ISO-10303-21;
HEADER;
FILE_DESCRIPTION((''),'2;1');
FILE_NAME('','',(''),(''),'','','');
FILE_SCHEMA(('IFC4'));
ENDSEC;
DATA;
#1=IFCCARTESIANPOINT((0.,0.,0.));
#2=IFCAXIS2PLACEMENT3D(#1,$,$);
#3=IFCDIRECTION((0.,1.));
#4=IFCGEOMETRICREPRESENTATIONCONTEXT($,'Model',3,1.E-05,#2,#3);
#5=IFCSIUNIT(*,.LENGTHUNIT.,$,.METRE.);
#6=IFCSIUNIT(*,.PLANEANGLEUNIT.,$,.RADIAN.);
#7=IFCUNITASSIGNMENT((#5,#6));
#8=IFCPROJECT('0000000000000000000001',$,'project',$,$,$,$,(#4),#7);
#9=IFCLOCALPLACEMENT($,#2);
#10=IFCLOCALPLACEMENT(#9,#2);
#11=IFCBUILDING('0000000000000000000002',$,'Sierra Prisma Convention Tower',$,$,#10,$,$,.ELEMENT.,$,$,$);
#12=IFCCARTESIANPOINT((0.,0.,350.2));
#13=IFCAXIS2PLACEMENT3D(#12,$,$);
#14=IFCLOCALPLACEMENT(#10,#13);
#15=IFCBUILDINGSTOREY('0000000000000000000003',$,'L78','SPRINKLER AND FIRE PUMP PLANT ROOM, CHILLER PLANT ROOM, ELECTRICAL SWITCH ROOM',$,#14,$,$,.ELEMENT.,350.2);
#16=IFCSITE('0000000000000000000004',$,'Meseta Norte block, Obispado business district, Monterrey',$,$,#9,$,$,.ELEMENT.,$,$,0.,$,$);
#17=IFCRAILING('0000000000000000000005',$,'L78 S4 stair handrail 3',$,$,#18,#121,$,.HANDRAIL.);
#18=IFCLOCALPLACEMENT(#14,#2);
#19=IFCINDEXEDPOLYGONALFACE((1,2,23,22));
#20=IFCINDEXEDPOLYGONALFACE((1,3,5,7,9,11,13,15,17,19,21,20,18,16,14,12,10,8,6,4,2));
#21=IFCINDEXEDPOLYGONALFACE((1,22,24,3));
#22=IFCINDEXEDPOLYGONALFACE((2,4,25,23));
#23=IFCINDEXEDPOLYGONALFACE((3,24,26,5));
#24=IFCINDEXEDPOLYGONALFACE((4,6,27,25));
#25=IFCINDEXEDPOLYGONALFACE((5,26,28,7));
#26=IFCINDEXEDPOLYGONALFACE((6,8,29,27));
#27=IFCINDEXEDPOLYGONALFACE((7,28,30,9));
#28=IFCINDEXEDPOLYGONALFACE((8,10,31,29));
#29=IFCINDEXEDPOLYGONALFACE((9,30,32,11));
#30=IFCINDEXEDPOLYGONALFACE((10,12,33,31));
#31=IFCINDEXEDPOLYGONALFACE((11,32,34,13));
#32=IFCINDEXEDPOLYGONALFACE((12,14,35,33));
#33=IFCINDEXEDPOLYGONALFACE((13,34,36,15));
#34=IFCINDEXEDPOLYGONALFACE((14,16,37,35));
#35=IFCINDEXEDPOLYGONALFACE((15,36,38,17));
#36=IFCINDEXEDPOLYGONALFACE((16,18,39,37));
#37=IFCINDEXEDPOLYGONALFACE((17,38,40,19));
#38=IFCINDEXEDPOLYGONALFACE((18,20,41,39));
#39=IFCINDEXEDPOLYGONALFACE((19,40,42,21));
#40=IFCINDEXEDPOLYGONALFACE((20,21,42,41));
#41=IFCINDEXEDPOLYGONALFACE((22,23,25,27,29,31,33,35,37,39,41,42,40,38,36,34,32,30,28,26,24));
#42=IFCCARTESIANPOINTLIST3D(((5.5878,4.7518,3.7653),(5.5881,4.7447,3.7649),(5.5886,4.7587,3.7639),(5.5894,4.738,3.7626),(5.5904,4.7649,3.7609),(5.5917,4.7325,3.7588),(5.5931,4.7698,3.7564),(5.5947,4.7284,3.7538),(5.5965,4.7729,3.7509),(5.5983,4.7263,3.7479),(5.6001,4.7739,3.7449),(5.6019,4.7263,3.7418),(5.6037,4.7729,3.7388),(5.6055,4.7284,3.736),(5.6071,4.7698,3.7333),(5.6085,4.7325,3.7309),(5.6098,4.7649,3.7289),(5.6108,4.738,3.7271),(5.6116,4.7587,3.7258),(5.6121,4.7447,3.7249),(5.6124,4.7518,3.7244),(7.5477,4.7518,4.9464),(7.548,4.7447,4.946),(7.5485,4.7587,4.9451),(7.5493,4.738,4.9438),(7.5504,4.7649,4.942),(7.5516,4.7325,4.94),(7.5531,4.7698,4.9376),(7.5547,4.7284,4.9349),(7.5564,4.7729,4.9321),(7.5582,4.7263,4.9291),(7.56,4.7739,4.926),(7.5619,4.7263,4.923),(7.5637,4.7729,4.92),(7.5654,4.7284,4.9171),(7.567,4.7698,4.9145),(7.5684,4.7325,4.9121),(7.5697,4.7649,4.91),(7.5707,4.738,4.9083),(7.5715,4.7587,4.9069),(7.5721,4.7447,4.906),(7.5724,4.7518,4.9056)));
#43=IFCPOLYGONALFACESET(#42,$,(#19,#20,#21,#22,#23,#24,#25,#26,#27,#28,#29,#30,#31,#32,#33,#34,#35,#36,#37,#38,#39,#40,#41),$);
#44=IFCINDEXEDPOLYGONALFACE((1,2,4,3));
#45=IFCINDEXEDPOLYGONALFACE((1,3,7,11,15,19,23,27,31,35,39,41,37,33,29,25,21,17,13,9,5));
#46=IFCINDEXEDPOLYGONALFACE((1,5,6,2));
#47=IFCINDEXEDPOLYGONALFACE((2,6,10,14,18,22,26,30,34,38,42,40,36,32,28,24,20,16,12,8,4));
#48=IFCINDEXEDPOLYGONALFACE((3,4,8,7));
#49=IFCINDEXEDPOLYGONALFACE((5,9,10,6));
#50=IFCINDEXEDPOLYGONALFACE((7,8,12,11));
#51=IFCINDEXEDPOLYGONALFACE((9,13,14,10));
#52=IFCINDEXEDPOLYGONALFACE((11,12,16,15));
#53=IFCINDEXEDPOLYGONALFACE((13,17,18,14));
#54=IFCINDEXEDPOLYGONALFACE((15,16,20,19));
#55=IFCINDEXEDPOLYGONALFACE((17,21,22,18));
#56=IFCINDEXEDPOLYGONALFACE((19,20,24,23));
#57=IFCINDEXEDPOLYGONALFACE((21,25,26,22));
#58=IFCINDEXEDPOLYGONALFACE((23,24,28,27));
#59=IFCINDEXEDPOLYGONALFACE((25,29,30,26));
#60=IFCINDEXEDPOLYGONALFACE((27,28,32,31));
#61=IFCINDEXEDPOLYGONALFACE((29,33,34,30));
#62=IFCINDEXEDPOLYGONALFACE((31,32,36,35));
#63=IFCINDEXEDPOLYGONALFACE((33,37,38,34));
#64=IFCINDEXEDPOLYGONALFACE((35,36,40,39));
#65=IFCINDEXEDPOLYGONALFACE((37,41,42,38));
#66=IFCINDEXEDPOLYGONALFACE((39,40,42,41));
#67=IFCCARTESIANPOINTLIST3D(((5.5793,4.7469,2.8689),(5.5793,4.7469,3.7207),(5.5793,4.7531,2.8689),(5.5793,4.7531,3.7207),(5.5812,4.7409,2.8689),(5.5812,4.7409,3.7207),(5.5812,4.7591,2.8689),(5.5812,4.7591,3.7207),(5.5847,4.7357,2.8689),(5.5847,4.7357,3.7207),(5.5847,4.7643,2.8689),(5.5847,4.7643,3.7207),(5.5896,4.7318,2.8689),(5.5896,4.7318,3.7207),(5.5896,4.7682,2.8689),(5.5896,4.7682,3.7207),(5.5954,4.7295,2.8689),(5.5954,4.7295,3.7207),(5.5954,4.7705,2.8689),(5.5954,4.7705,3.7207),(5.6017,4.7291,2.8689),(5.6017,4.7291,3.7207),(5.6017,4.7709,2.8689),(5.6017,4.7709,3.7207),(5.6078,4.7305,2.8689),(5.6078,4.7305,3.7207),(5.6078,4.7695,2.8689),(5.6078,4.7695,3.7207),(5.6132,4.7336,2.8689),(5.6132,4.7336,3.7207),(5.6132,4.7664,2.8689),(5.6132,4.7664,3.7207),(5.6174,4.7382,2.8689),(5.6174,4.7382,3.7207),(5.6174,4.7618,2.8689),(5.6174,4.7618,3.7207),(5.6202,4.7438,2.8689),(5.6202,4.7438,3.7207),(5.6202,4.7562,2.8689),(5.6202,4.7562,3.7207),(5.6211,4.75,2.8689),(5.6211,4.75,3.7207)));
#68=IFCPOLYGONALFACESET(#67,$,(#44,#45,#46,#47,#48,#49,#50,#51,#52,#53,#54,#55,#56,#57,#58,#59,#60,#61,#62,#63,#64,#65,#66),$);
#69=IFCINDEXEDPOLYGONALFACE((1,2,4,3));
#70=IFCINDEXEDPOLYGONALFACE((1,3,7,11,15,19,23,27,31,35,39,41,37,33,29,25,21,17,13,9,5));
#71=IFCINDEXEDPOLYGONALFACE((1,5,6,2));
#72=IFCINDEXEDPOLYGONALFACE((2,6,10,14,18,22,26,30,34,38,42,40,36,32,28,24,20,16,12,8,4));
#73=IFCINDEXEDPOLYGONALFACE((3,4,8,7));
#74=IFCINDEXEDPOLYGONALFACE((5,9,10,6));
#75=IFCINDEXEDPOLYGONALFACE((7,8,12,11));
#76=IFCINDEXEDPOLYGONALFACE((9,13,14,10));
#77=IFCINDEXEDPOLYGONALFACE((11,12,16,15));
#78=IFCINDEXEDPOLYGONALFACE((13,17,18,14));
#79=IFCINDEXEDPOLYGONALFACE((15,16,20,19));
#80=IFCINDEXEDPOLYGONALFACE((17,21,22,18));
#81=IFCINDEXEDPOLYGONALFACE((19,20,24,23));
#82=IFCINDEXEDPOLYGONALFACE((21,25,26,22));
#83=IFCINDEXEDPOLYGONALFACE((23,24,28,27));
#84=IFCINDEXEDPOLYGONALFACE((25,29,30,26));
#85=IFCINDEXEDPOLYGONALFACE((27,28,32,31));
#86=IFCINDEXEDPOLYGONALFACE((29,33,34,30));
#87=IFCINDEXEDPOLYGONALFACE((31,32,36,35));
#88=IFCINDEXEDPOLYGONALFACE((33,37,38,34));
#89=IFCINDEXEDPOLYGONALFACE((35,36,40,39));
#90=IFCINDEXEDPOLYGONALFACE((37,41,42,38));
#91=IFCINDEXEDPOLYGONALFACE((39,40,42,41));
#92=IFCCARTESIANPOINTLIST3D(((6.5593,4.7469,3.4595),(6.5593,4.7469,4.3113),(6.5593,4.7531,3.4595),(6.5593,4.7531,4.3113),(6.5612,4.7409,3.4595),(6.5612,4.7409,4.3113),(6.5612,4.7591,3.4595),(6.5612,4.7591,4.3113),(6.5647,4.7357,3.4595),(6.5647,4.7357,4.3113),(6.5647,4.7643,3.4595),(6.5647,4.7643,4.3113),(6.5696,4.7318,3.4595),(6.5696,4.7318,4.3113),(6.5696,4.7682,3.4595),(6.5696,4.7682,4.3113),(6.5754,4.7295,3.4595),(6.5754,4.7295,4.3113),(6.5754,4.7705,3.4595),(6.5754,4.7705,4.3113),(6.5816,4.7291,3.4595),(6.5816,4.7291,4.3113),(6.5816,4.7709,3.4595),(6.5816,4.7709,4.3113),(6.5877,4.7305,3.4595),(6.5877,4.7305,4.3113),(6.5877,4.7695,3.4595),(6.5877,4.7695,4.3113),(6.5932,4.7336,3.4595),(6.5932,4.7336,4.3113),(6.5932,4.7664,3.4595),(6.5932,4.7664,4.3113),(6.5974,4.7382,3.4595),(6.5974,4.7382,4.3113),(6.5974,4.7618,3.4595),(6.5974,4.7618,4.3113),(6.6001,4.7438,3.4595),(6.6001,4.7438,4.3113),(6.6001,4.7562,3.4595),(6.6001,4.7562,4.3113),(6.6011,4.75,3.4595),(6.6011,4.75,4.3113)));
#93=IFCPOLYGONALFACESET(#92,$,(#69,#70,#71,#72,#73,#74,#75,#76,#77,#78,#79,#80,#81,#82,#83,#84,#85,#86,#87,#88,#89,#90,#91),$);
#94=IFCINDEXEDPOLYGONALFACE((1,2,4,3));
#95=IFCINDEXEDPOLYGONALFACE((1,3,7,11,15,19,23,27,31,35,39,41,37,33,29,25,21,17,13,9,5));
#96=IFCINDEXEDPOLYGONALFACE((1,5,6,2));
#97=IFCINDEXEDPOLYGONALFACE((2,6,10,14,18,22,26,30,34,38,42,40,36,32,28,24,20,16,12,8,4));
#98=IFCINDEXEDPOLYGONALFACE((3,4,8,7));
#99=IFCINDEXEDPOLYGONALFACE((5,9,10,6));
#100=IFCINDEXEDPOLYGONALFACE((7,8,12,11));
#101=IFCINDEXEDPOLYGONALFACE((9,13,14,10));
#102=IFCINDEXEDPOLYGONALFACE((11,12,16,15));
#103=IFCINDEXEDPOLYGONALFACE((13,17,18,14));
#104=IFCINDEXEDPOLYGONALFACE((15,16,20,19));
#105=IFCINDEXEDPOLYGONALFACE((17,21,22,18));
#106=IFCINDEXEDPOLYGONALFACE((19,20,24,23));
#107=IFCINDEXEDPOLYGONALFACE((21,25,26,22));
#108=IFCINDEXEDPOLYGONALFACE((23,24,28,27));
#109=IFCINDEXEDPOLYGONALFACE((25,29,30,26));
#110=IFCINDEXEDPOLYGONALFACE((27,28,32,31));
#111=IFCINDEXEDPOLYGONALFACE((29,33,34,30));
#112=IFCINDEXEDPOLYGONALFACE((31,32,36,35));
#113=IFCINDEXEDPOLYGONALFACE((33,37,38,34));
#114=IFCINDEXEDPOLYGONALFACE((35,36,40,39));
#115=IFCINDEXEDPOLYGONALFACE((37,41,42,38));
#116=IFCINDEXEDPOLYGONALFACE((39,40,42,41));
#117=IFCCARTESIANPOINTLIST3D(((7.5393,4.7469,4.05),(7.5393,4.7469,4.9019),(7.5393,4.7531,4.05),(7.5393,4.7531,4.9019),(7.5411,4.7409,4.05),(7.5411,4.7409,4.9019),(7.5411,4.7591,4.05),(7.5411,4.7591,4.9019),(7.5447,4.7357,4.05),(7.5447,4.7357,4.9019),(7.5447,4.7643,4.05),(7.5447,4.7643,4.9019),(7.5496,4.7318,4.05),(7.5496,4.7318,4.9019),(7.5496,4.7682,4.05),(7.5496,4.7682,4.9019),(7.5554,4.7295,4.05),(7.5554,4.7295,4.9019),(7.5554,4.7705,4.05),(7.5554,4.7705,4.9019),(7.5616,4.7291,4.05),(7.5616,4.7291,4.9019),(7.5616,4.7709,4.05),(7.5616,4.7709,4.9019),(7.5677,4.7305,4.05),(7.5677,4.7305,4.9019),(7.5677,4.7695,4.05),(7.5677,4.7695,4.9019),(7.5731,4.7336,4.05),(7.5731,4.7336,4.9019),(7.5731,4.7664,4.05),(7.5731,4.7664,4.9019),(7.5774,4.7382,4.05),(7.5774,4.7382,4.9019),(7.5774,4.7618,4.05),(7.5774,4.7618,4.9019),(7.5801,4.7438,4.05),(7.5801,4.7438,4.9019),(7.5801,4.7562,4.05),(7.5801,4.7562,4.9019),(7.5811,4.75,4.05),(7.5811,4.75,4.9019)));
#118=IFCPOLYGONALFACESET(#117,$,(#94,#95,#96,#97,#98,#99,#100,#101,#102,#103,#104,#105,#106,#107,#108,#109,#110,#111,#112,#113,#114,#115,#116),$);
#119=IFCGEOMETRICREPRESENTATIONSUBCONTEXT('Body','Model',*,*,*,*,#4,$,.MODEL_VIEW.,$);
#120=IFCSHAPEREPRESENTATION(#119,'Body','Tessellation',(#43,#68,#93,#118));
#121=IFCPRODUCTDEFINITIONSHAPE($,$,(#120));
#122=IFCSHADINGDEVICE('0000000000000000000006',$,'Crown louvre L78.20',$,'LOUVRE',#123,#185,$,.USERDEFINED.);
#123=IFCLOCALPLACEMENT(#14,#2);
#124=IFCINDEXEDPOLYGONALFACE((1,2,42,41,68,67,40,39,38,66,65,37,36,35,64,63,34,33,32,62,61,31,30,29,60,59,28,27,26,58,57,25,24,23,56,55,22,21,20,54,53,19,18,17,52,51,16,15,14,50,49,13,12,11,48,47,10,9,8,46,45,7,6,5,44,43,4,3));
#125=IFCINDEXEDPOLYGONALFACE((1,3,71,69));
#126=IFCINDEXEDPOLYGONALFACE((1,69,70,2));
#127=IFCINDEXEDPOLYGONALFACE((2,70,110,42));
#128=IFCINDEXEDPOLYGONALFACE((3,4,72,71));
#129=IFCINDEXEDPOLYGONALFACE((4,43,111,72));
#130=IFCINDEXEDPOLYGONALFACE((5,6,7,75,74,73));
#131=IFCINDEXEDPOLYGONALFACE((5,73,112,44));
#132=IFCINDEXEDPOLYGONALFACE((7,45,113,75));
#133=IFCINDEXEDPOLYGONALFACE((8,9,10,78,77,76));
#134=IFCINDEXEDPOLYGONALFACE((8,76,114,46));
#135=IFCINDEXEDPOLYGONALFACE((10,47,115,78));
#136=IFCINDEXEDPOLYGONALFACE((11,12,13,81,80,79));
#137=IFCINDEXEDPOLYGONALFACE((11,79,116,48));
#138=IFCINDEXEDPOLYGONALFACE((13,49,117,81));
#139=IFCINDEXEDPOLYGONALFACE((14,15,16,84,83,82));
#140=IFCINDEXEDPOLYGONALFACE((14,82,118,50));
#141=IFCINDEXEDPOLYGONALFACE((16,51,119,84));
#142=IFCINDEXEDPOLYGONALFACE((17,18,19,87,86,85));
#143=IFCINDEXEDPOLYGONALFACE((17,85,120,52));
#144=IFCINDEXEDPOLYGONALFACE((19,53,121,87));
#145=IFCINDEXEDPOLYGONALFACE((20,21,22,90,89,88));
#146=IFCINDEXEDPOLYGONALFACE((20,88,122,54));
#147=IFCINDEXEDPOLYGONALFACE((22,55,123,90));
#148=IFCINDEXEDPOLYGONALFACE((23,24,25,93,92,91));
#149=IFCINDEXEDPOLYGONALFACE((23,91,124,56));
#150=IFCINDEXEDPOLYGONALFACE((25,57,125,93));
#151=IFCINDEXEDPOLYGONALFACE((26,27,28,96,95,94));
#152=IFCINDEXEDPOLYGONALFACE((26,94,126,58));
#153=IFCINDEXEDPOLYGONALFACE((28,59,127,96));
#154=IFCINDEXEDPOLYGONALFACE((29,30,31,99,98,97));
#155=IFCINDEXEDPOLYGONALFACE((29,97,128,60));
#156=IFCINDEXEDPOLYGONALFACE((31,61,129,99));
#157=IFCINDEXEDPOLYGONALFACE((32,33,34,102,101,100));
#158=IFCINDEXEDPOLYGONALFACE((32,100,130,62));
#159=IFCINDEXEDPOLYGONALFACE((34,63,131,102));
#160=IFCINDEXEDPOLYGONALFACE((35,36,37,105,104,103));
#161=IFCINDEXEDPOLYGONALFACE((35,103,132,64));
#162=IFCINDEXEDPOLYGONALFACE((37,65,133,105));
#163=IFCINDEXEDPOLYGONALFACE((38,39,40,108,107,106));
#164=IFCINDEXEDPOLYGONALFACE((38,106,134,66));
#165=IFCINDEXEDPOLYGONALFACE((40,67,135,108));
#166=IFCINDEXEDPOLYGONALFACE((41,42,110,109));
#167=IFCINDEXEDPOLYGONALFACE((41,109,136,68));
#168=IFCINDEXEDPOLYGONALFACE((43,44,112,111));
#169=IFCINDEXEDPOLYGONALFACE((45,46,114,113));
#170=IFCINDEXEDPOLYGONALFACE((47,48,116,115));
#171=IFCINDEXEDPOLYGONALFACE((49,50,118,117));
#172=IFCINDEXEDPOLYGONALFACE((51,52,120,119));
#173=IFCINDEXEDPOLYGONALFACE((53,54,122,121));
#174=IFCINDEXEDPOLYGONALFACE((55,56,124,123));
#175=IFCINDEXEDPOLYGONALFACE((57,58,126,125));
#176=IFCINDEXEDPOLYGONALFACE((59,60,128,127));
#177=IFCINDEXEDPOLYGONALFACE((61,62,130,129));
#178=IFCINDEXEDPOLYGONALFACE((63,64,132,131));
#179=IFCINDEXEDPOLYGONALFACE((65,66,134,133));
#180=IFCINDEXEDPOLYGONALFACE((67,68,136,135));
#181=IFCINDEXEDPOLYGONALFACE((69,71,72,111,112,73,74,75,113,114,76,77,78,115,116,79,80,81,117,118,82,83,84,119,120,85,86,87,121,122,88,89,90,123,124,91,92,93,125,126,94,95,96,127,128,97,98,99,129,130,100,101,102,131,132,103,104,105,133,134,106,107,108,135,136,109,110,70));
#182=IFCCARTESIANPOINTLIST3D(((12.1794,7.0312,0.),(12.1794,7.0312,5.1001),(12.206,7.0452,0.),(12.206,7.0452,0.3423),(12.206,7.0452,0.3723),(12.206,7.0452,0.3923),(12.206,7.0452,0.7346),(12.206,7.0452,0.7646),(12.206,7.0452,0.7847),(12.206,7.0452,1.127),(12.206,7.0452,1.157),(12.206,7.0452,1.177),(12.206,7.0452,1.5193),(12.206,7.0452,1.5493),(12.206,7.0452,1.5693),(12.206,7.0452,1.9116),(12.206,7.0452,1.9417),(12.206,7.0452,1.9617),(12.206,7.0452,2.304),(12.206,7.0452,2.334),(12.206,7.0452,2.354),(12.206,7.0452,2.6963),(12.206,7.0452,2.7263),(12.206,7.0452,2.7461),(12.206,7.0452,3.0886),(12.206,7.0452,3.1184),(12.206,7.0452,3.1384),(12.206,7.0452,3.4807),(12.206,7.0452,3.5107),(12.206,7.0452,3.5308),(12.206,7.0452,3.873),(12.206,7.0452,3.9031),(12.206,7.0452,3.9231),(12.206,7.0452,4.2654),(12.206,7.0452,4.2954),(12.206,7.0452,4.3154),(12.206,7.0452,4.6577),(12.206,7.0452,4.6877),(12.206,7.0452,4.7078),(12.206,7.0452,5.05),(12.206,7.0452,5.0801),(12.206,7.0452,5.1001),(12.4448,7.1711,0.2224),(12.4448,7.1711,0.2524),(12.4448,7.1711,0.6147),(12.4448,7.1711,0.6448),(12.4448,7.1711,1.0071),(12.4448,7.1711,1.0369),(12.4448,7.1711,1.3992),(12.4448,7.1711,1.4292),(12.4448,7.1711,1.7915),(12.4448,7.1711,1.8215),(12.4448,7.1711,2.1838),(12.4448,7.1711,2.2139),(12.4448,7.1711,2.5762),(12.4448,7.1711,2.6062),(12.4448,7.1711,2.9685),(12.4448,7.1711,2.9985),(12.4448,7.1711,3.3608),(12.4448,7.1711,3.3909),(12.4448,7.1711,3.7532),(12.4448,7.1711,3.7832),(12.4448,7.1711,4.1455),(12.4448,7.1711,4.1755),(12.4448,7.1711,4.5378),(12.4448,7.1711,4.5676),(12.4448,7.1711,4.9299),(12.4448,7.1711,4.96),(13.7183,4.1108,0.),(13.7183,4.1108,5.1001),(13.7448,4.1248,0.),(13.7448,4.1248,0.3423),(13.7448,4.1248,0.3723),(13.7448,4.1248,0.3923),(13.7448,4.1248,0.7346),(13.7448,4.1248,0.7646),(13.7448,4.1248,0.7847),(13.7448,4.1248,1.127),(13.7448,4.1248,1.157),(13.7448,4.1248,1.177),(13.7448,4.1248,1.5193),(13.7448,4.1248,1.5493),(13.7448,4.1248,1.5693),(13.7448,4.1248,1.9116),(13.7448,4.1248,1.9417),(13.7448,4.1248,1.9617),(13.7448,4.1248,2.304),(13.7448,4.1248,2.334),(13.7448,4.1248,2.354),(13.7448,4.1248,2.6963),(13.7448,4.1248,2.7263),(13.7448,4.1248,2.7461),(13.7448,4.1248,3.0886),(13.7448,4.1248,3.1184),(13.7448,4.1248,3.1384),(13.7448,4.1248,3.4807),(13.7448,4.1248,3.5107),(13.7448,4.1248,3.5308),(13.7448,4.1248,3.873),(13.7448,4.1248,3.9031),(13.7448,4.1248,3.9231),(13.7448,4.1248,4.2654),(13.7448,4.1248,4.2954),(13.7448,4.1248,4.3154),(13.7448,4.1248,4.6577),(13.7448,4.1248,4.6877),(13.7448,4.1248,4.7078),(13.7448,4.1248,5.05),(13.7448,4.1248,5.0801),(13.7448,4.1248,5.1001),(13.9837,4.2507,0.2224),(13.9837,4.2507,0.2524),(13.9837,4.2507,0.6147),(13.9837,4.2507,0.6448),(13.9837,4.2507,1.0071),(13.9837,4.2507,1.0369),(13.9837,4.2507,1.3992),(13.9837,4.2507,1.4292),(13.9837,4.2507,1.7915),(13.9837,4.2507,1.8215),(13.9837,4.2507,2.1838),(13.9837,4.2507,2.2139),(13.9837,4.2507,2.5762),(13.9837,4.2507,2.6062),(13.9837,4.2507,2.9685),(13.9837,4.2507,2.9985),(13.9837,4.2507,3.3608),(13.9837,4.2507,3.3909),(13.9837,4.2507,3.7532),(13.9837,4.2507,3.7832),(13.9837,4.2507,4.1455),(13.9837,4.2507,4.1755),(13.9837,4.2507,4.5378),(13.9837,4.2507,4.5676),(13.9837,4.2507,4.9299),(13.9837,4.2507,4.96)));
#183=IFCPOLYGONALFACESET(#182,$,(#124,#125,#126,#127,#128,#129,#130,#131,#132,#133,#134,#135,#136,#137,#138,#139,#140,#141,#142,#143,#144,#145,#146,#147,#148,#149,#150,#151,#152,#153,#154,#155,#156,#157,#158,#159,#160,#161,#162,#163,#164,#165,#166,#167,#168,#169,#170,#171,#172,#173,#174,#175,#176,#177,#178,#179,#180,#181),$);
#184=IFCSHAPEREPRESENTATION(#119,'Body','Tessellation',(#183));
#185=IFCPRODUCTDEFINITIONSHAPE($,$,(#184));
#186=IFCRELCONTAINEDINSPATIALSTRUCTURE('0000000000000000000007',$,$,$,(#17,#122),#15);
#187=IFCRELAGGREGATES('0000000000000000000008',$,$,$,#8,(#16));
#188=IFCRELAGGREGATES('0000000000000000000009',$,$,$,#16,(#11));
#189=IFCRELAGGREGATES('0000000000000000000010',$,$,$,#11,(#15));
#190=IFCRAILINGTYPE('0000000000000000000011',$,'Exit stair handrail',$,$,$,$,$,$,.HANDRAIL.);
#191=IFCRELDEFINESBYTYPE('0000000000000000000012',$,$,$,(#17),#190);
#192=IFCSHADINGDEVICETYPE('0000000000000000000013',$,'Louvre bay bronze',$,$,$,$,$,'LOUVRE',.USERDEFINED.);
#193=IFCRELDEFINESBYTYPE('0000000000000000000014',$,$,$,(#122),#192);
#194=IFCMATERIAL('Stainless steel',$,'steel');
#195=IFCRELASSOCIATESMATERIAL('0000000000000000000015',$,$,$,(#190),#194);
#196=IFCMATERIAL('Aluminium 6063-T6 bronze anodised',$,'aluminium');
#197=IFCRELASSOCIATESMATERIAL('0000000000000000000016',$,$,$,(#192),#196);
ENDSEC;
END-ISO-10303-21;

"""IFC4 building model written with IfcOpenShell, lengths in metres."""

from ifc_helpers import new_model, si_unit, direction, frame, origin, origin_2d, place, context, subcontext, project, spatial, polyline, circle, outline, extrude, material, type_object, element, save


model = new_model("IFC4")

# Units and contexts
model_context = context("Model", 3, precision=1e-05, world=origin(), true_north=direction((0.0, 1.0)))
body_context = subcontext(model_context, "Body", "Model", "MODEL_VIEW")
ifc_project = project(units=[si_unit("LENGTHUNIT", "METRE"), si_unit("PLANEANGLEUNIT", "RADIAN")], contexts=[model_context])

# Site, building, storey
site_placement = place(None, origin())
site = spatial("IfcSite", under=ifc_project, at=site_placement, Name="Meseta Norte block, Obispado business district, Monterrey", CompositionType="ELEMENT", RefElevation=0.0)
building_placement = place(site_placement, origin())
building = spatial("IfcBuilding", under=site, at=building_placement, Name="Sierra Prisma Convention Tower", CompositionType="ELEMENT")
storey_placement = place(building_placement, frame((0.0, 0.0, 350.2)))
storey = spatial("IfcBuildingStorey", under=building, at=storey_placement, Name="L78", Description="SPRINKLER AND FIRE PUMP PLANT ROOM, CHILLER PLANT ROOM, ELECTRICAL SWITCH ROOM", CompositionType="ELEMENT", Elevation=350.2)

# Railing
ifc_material_1 = material(Name="Stainless steel", Category="steel")
railing_type = type_object("IfcRailingType", Name="Exit stair handrail", PredefinedType="HANDRAIL", material=ifc_material_1)
railing_1_placement = place(storey_placement, frame((5.6001, 4.75, 2.8689)))
element("IfcRailing", 1, at=railing_1_placement, inside=storey, type_object=railing_type, Name="L78 S4 stair handrail 3", PredefinedType="HANDRAIL", context=body_context, shape_type="SweptSolid", body=[
    extrude(circle(Radius=0.0239, at=origin_2d()), frame((0.0, 0.0, 0.876), z_axis=(0.856493, 0.0, 0.516158), x_axis=(0.0, 1.0, 0.0)), (0.0, 0.0, 1.0), 2.2883),
    extrude(circle(Radius=0.021, at=origin_2d()), origin(), (0.0, 0.0, 1.0), 0.8518),
    extrude(circle(Radius=0.021, at=origin_2d()), frame((0.98, 0.0, 0.5906)), (0.0, 0.0, 1.0), 0.8518),
    extrude(circle(Radius=0.021, at=origin_2d()), frame((1.96, 0.0, 1.1812)), (0.0, 0.0, 1.0), 0.8518),
])

# Shading device
ifc_material_2 = material(Name="Aluminium 6063-T6 bronze anodised", Category="aluminium")
shading_device_type = type_object("IfcShadingDeviceType", Name="Louvre bay bronze", ElementType="LOUVRE", PredefinedType="USERDEFINED", material=ifc_material_2)
shading_device_placement = place(storey_placement, frame((13.7183, 4.1108, 0.0), z_axis=(0.466179, -0.884691, 0.0), x_axis=(0.0, 0.0, 1.0)))
element("IfcShadingDevice", 2, at=shading_device_placement, inside=storey, type_object=shading_device_type, Name="Crown louvre L78.20", ObjectType="LOUVRE", PredefinedType="USERDEFINED", context=body_context, shape_type="SweptSolid", body=[
    extrude(outline(polyline([(0.0, 0.0), (5.1001, 0.0), (5.1001, -0.03), (5.0801, -0.03), (4.96, -0.3), (4.9299, -0.3), (5.05, -0.03), (4.7078, -0.03), (4.6877, -0.03), (4.5676, -0.3), (4.5378, -0.3), (4.6577, -0.03), (4.3154, -0.03), (4.2954, -0.03), (4.1755, -0.3), (4.1455, -0.3), (4.2654, -0.03), (3.9231, -0.03), (3.9031, -0.03), (3.7832, -0.3), (3.7532, -0.3), (3.873, -0.03), (3.5308, -0.03), (3.5107, -0.03), (3.3909, -0.3), (3.3608, -0.3), (3.4807, -0.03), (3.1384, -0.03), (3.1184, -0.03), (2.9985, -0.3), (2.9685, -0.3), (3.0886, -0.03), (2.7461, -0.03), (2.7263, -0.03), (2.6062, -0.3), (2.5762, -0.3), (2.6963, -0.03), (2.354, -0.03), (2.334, -0.03), (2.2139, -0.3), (2.1838, -0.3), (2.304, -0.03), (1.9617, -0.03), (1.9417, -0.03), (1.8215, -0.3), (1.7915, -0.3), (1.9116, -0.03), (1.5693, -0.03), (1.5493, -0.03), (1.4292, -0.3), (1.3992, -0.3), (1.5193, -0.03), (1.177, -0.03), (1.157, -0.03), (1.0369, -0.3), (1.0071, -0.3), (1.127, -0.03), (0.7847, -0.03), (0.7646, -0.03), (0.6448, -0.3), (0.6147, -0.3), (0.7346, -0.03), (0.3923, -0.03), (0.3723, -0.03), (0.2524, -0.3), (0.2224, -0.3), (0.3423, -0.03), (0.0, -0.03), (0.0, 0.0)])), origin(), (0.0, 0.0, -1.0), 3.301),
])

save(model, "model.ifc")
